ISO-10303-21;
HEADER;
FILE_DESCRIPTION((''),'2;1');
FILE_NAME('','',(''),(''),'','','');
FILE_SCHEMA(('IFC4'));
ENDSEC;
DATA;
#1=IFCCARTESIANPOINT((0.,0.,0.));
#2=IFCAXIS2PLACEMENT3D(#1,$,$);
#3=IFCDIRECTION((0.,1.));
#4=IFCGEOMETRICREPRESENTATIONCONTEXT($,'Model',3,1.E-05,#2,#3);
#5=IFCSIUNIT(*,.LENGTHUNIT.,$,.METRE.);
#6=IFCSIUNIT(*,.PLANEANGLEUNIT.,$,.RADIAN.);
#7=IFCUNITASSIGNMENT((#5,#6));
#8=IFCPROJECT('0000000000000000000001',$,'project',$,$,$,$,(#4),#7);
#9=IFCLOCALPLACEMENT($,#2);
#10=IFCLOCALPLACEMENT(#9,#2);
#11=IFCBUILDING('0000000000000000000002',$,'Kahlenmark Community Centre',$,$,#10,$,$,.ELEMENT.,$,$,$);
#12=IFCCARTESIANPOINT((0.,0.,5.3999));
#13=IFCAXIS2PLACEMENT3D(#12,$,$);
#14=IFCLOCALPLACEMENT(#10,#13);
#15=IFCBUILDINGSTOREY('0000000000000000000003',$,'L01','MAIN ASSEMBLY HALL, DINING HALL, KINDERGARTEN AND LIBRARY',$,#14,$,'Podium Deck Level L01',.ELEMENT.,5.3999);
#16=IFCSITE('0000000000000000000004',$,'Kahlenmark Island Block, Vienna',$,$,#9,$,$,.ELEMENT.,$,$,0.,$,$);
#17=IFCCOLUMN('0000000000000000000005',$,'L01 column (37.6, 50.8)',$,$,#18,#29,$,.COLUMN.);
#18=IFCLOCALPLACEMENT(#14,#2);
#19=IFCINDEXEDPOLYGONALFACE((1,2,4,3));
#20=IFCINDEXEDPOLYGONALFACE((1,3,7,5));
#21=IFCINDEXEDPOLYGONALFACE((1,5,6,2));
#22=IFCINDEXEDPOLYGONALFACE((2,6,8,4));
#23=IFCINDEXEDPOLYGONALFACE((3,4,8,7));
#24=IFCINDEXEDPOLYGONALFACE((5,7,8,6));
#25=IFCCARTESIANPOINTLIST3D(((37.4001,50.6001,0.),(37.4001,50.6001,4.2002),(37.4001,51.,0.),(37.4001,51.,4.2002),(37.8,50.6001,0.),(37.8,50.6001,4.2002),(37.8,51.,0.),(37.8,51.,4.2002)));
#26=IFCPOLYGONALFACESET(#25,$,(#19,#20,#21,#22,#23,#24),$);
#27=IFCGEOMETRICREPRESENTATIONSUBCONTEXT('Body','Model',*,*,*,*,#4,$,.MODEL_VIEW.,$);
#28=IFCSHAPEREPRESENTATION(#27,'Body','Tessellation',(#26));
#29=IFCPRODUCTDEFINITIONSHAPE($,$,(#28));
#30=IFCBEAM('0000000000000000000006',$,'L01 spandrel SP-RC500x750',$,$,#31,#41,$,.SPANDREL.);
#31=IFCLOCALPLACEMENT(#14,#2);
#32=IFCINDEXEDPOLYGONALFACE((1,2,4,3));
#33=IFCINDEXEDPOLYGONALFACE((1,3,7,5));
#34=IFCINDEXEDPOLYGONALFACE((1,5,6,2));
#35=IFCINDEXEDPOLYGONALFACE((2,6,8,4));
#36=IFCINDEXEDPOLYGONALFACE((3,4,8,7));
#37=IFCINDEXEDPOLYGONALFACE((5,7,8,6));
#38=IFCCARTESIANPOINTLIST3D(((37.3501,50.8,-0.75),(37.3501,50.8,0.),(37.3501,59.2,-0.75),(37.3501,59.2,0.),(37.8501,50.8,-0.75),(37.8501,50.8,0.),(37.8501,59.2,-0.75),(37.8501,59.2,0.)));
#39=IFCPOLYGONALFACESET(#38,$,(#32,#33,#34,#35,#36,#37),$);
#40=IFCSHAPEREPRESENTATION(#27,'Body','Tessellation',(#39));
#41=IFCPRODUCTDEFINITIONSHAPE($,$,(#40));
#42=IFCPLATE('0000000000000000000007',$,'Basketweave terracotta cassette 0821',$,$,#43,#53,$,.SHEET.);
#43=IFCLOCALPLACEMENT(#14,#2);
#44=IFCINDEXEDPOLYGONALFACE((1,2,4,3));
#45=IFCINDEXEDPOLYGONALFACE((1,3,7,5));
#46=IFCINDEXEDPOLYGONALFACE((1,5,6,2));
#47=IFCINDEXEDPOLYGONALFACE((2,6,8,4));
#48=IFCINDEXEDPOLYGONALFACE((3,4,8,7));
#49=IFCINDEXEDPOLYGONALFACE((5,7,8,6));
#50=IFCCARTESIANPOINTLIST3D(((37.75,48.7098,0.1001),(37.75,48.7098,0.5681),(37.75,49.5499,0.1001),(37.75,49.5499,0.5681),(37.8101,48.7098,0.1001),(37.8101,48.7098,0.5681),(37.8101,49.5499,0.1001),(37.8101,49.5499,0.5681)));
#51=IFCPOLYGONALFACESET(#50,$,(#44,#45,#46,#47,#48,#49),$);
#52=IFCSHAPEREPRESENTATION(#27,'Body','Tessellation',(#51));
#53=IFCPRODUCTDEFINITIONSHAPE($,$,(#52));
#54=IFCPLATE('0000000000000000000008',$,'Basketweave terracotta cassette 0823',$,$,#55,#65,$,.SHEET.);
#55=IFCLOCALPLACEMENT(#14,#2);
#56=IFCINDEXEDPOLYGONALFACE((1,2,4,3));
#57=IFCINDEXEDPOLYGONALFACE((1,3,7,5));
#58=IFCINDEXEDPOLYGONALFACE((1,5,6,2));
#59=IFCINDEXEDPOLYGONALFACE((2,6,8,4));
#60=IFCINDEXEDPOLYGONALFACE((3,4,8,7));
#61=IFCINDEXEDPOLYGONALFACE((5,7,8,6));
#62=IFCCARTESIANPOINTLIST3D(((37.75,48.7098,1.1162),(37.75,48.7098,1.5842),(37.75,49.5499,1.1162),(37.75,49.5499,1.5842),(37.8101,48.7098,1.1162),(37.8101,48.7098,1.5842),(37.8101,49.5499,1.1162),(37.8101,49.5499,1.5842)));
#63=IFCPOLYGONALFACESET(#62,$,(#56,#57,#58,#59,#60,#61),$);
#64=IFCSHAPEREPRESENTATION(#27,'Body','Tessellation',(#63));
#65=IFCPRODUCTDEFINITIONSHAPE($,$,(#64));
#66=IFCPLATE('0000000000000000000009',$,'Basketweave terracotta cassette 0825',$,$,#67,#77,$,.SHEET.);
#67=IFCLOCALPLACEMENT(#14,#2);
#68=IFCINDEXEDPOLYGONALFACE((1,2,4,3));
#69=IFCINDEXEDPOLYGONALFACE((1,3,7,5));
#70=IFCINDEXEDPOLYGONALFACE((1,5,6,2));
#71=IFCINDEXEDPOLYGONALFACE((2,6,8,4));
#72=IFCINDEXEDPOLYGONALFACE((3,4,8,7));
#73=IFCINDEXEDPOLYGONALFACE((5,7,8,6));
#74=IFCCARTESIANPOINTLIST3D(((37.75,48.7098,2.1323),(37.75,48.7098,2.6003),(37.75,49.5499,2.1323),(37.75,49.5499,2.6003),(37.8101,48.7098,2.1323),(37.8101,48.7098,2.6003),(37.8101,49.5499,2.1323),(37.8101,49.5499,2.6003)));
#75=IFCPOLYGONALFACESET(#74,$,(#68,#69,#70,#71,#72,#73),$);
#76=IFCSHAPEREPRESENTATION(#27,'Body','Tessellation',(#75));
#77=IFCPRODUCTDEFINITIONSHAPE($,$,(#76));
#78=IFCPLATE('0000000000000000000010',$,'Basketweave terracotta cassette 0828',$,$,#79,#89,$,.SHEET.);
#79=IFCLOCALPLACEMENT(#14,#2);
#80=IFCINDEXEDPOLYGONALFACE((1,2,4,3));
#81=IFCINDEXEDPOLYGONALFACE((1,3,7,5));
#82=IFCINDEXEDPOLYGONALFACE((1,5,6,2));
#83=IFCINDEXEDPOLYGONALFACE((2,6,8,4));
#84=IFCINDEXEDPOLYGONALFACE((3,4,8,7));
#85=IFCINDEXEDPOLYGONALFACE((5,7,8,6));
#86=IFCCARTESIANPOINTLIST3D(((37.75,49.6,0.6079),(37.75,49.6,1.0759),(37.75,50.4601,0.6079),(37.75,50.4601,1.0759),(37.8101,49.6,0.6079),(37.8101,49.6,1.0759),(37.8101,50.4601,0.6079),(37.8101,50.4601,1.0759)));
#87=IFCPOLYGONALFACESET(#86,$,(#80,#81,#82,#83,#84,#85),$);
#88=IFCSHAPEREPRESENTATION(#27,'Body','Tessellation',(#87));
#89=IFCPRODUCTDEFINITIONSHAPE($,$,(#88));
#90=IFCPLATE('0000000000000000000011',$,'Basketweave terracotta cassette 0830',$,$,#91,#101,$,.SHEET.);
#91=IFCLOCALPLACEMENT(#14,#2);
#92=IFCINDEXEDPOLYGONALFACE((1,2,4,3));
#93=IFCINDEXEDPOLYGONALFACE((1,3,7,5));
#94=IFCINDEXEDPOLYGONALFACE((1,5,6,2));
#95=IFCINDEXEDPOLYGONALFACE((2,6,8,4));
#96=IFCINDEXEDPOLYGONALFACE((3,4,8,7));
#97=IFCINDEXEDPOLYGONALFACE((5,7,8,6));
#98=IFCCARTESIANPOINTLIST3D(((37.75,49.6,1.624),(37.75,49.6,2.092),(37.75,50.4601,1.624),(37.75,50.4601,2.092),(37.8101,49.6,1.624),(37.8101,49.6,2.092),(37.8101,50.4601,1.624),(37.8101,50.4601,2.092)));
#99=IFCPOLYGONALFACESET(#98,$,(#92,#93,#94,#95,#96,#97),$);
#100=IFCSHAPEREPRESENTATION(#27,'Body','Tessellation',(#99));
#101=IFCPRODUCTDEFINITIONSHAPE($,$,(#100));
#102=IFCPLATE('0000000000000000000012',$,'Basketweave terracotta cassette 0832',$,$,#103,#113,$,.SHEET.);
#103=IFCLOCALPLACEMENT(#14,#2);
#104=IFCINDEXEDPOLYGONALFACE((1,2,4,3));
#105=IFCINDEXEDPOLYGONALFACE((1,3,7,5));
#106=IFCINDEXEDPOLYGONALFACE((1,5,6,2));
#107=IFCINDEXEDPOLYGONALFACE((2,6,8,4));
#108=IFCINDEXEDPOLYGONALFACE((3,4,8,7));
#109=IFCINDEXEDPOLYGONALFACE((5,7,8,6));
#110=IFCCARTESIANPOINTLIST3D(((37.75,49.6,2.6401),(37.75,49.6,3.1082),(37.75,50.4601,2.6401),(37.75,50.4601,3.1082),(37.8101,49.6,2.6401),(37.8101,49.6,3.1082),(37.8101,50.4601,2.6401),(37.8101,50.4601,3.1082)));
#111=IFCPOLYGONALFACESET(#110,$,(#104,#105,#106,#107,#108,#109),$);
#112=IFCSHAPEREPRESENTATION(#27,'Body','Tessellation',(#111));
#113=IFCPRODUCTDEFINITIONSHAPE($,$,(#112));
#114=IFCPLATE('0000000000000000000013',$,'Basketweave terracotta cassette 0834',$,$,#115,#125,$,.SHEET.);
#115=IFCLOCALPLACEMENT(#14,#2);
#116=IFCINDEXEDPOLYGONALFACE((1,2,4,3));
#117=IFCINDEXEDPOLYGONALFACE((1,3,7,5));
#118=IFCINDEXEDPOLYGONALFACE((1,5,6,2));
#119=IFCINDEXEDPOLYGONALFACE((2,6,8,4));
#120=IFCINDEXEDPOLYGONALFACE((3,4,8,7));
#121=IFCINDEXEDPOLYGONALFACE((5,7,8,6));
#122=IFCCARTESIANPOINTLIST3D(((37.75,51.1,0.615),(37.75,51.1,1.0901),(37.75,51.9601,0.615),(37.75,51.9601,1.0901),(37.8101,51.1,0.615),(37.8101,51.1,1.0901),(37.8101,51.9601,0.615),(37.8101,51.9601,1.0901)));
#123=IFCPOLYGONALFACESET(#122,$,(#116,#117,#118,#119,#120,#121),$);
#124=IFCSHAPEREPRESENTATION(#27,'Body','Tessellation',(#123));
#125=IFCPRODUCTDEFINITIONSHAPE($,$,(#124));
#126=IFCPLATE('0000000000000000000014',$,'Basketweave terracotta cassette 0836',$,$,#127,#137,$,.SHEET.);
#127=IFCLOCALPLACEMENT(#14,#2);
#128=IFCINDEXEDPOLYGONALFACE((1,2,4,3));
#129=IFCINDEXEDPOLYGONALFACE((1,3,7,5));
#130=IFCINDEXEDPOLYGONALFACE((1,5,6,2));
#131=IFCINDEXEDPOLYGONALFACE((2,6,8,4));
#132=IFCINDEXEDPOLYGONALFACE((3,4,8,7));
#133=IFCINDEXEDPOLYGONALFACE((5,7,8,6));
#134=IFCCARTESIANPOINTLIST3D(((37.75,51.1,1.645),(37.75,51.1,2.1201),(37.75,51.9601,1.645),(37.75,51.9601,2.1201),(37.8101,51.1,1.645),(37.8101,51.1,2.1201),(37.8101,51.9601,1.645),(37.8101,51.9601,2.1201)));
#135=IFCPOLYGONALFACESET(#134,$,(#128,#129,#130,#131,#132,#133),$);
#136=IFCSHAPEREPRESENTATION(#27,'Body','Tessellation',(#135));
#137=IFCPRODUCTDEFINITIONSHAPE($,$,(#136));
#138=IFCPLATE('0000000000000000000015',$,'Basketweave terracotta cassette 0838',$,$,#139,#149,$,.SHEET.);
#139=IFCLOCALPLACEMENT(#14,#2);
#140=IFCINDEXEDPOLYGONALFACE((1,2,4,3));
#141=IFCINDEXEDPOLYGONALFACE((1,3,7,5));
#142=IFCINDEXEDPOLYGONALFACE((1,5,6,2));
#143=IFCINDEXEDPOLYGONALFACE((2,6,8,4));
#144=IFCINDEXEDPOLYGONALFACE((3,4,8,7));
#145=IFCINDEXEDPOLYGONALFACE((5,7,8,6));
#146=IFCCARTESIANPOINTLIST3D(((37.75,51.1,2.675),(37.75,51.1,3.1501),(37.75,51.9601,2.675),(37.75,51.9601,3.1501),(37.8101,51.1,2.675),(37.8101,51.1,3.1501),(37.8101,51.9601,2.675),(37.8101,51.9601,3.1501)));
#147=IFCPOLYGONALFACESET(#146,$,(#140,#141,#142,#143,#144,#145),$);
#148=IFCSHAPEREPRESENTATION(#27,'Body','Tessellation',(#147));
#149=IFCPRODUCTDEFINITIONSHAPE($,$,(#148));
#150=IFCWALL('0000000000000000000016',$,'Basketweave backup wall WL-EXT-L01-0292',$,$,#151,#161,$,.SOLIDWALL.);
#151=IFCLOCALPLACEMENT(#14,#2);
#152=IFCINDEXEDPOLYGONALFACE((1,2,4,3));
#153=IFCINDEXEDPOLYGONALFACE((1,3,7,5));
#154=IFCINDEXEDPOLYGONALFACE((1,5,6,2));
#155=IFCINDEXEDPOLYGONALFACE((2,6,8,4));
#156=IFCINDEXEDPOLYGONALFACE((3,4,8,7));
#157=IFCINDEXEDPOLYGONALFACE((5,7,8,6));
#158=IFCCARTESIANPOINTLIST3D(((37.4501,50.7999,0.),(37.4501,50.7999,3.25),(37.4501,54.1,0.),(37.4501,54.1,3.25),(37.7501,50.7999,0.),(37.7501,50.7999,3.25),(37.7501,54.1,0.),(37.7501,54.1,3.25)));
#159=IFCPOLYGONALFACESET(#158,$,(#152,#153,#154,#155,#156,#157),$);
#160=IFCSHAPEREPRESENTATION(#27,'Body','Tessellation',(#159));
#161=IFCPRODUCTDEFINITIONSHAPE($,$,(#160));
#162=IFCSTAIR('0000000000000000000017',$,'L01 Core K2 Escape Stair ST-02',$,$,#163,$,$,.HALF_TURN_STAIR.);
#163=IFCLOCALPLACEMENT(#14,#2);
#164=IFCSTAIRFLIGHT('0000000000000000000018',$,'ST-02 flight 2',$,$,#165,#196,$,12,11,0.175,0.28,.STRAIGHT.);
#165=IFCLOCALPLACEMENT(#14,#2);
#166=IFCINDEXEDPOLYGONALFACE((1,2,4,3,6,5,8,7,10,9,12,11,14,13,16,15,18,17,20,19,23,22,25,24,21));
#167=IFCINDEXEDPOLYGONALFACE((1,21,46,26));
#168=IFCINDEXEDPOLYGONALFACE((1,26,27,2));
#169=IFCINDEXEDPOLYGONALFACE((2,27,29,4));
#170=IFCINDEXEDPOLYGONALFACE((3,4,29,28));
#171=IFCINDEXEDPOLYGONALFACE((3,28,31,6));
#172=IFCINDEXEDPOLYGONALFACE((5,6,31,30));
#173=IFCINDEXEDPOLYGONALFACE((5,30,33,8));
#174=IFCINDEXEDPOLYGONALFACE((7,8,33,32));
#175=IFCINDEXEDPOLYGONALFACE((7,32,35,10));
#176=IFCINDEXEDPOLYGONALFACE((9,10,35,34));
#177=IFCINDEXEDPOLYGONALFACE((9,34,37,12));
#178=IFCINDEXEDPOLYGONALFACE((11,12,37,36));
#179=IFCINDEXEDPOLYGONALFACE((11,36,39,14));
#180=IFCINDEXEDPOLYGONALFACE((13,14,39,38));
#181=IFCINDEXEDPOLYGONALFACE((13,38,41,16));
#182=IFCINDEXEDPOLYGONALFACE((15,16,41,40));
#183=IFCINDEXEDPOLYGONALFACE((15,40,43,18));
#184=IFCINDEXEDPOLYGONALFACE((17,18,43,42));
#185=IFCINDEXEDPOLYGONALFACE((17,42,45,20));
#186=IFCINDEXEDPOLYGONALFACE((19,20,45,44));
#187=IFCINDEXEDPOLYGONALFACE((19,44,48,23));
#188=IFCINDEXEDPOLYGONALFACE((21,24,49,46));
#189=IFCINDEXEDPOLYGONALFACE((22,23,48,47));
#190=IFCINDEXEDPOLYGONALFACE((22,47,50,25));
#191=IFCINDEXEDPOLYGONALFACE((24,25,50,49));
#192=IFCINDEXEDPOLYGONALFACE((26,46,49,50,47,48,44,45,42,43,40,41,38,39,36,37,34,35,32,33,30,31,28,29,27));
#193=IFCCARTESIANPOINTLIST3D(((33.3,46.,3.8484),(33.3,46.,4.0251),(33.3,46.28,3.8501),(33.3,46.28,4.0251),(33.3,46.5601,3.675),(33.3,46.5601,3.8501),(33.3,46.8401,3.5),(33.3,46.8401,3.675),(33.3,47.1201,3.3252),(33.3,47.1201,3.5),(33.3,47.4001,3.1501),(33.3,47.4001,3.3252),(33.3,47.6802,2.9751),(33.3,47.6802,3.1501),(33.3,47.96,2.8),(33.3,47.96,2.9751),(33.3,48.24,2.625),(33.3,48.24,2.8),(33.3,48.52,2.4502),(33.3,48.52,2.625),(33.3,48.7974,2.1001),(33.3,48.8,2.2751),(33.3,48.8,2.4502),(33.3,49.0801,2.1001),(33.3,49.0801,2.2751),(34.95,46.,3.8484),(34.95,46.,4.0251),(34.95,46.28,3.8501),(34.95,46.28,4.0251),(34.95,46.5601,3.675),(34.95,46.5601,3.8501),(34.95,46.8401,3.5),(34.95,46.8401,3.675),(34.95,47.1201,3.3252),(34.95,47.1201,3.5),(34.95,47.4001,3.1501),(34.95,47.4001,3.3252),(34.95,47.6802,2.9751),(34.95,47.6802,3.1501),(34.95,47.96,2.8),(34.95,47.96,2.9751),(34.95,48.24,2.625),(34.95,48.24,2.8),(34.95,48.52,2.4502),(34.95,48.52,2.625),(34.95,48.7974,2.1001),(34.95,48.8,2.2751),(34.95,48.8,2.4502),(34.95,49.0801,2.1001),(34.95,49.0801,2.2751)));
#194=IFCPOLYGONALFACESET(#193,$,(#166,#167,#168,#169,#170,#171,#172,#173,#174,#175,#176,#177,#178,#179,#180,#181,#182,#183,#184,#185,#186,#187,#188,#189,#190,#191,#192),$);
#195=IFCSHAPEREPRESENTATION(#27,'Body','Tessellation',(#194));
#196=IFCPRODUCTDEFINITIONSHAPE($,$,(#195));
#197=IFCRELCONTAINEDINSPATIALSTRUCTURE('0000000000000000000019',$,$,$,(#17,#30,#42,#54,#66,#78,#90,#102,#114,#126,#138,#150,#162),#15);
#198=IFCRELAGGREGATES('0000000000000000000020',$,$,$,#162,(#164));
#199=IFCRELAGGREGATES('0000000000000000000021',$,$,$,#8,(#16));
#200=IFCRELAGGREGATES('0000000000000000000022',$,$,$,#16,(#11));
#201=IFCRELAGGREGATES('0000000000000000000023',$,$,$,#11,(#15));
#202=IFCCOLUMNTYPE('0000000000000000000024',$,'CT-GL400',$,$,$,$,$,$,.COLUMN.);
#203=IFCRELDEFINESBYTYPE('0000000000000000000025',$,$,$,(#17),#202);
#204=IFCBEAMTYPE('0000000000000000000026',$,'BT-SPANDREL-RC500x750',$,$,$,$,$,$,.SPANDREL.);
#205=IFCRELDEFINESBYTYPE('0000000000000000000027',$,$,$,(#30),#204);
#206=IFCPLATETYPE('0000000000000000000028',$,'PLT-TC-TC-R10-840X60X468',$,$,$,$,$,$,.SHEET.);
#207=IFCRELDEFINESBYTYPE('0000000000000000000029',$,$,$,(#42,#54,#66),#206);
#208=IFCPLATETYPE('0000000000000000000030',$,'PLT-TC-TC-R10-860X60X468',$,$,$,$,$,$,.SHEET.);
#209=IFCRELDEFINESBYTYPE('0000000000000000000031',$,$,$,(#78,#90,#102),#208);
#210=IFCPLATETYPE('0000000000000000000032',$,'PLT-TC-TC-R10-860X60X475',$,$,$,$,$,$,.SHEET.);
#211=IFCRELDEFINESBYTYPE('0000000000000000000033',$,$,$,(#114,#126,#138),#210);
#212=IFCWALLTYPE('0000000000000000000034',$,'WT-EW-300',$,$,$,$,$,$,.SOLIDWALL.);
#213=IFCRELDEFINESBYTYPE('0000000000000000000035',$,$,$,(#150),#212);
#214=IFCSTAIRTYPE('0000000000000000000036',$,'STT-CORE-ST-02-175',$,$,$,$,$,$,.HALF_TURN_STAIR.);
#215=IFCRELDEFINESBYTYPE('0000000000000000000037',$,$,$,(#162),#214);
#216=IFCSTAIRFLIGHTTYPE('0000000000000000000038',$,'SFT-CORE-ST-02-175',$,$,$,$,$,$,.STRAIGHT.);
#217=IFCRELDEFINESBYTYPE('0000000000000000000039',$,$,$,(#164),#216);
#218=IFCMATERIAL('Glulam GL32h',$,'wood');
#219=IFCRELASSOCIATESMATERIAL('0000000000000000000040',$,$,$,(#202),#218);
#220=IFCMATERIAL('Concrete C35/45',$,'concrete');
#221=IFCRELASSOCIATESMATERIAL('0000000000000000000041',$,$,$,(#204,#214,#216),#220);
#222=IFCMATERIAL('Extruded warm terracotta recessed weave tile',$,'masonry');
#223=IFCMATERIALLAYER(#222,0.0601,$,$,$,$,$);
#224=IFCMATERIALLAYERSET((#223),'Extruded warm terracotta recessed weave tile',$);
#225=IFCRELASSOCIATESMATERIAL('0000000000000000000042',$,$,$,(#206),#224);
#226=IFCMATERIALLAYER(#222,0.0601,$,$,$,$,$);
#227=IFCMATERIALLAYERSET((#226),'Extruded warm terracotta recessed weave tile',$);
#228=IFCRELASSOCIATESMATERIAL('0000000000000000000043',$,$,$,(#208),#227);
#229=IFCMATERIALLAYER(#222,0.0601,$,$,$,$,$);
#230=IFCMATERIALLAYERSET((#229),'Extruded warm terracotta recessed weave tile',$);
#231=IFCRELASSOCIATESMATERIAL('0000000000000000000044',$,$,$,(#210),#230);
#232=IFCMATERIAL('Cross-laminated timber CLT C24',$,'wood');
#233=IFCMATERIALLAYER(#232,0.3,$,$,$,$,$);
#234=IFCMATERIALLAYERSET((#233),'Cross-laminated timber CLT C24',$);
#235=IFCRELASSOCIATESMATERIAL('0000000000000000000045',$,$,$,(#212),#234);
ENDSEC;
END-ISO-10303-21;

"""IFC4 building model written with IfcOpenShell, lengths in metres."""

from ifc_helpers import new_model, si_unit, direction, frame, frame_2d, origin, origin_2d, place, context, subcontext, project, spatial, polyline, rectangle, outline, extrude, material, layer, layer_set, material_profile, profile_set, type_object, element, aggregate, save


model = new_model("IFC4")

# Units and contexts
model_context = context("Model", 3, precision=1e-05, world=origin(), true_north=direction((0.0, 1.0)))
body_context = subcontext(model_context, "Body", "Model", "MODEL_VIEW")
ifc_project = project(units=[si_unit("LENGTHUNIT", "METRE"), si_unit("PLANEANGLEUNIT", "RADIAN")], contexts=[model_context])

# Site, building, storey
site_placement = place(None, origin())
site = spatial("IfcSite", under=ifc_project, at=site_placement, Name="Kahlenmark Island Block, Vienna", CompositionType="ELEMENT", RefElevation=0.0)
building_placement = place(site_placement, origin())
building = spatial("IfcBuilding", under=site, at=building_placement, Name="Kahlenmark Community Centre", CompositionType="ELEMENT")
storey_placement = place(building_placement, frame((0.0, 0.0, 5.3999)))
storey = spatial("IfcBuildingStorey", under=building, at=storey_placement, Name="L01", Description="MAIN ASSEMBLY HALL, DINING HALL, KINDERGARTEN AND LIBRARY", LongName="Podium Deck Level L01", CompositionType="ELEMENT", Elevation=5.3999)

# Column
ifc_material_1 = material(Name="Glulam GL32h", Category="wood")
ifc_material_profile_1 = material_profile(ifc_material_1, rectangle(XDim=0.3999, YDim=0.3999, at=origin_2d()), Name="GL32h 400x400")
ifc_profile_set_1 = profile_set([ifc_material_profile_1], Name="Glulam GL32h")
column_type = type_object("IfcColumnType", Name="CT-GL400", PredefinedType="COLUMN", material=ifc_profile_set_1)
column_placement = place(storey_placement, frame((37.6001, 50.8, 0.0), z_axis=(0.0, 0.0, 1.0), x_axis=(1.0, 0.0, 0.0)))
element("IfcColumn", 1, at=column_placement, inside=storey, type_object=column_type, Name="L01 column (37.6, 50.8)", PredefinedType="COLUMN", context=body_context, shape_type="SweptSolid", body=[
    extrude(rectangle(XDim=0.3999, YDim=0.3999, at=origin_2d()), origin(), (0.0, 0.0, 1.0), 4.2002),
])

# Beam
ifc_material_2 = material(Name="Concrete C35/45", Category="concrete")
ifc_material_profile_2 = material_profile(ifc_material_2, rectangle(XDim=0.5, YDim=0.75, at=origin_2d()), Name="RC 500x750")
ifc_profile_set_2 = profile_set([ifc_material_profile_2], Name="Concrete C35/45")
beam_type = type_object("IfcBeamType", Name="BT-SPANDREL-RC500x750", PredefinedType="SPANDREL", material=ifc_profile_set_2)
beam_placement = place(storey_placement, frame((37.6001, 50.8, -0.375), z_axis=(0.0, 1.0, 0.0), x_axis=(-1.0, 0.0, 0.0)))
element("IfcBeam", 2, at=beam_placement, inside=storey, type_object=beam_type, Name="L01 spandrel SP-RC500x750", PredefinedType="SPANDREL", context=body_context, shape_type="SweptSolid", body=[
    extrude(rectangle(XDim=0.5, YDim=0.75, at=origin_2d()), origin(), (0.0, 0.0, 1.0), 8.3999),
])

# Plates
ifc_material_3 = material(Name="Extruded warm terracotta recessed weave tile", Category="masonry")
ifc_layer_1 = layer(ifc_material_3, 0.0601)
ifc_layer_set_1 = layer_set([ifc_layer_1], Name="Extruded warm terracotta recessed weave tile")
plate_type_1 = type_object("IfcPlateType", Name="PLT-TC-TC-R10-840X60X468", PredefinedType="SHEET", material=ifc_layer_set_1)
for number, where, z_axis, x_axis, name in (
    (3, (37.78, 49.1299, 0.1001), (0.0, 0.0, 1.0), (0.0, 1.0, 0.0), "Basketweave terracotta cassette 0821"),
    (4, (37.78, 49.1299, 1.1162), (0.0, 0.0, 1.0), (0.0, 1.0, 0.0), "Basketweave terracotta cassette 0823"),
    (5, (37.78, 49.1299, 2.1323), (0.0, 0.0, 1.0), (0.0, 1.0, 0.0), "Basketweave terracotta cassette 0825"),
):
    element("IfcPlate", number, at=place(storey_placement, frame(where, z_axis=z_axis, x_axis=x_axis)), inside=storey, type_object=plate_type_1, Name=name, PredefinedType="SHEET", context=body_context, shape_type="SweptSolid", body=[
        extrude(rectangle(XDim=0.8401, YDim=0.0601, at=origin_2d()), origin(), (0.0, 0.0, 1.0), 0.468),
    ])
ifc_layer_2 = layer(ifc_material_3, 0.0601)
ifc_layer_set_2 = layer_set([ifc_layer_2], Name="Extruded warm terracotta recessed weave tile")
plate_type_2 = type_object("IfcPlateType", Name="PLT-TC-TC-R10-860X60X468", PredefinedType="SHEET", material=ifc_layer_set_2)
for number, where, z_axis, x_axis, name in (
    (6, (37.78, 50.03, 0.6079), (0.0, 0.0, 1.0), (0.0, 1.0, 0.0), "Basketweave terracotta cassette 0828"),
    (7, (37.78, 50.03, 1.624), (0.0, 0.0, 1.0), (0.0, 1.0, 0.0), "Basketweave terracotta cassette 0830"),
    (8, (37.78, 50.03, 2.6401), (0.0, 0.0, 1.0), (0.0, 1.0, 0.0), "Basketweave terracotta cassette 0832"),
):
    element("IfcPlate", number, at=place(storey_placement, frame(where, z_axis=z_axis, x_axis=x_axis)), inside=storey, type_object=plate_type_2, Name=name, PredefinedType="SHEET", context=body_context, shape_type="SweptSolid", body=[
        extrude(rectangle(XDim=0.8601, YDim=0.0601, at=origin_2d()), origin(), (0.0, 0.0, 1.0), 0.468),
    ])
ifc_layer_3 = layer(ifc_material_3, 0.0601)
ifc_layer_set_3 = layer_set([ifc_layer_3], Name="Extruded warm terracotta recessed weave tile")
plate_type_3 = type_object("IfcPlateType", Name="PLT-TC-TC-R10-860X60X475", PredefinedType="SHEET", material=ifc_layer_set_3)
for number, where, z_axis, x_axis, name in (
    (9, (37.78, 51.53, 0.615), (0.0, 0.0, 1.0), (0.0, 1.0, 0.0), "Basketweave terracotta cassette 0834"),
    (10, (37.78, 51.53, 1.645), (0.0, 0.0, 1.0), (0.0, 1.0, 0.0), "Basketweave terracotta cassette 0836"),
    (11, (37.78, 51.53, 2.675), (0.0, 0.0, 1.0), (0.0, 1.0, 0.0), "Basketweave terracotta cassette 0838"),
):
    element("IfcPlate", number, at=place(storey_placement, frame(where, z_axis=z_axis, x_axis=x_axis)), inside=storey, type_object=plate_type_3, Name=name, PredefinedType="SHEET", context=body_context, shape_type="SweptSolid", body=[
        extrude(rectangle(XDim=0.8601, YDim=0.0601, at=origin_2d()), origin(), (0.0, 0.0, 1.0), 0.4751),
    ])

# Wall
ifc_material_4 = material(Name="Cross-laminated timber CLT C24", Category="wood")
ifc_layer_4 = layer(ifc_material_4, 0.3)
ifc_layer_set_4 = layer_set([ifc_layer_4], Name="Cross-laminated timber CLT C24")
wall_type = type_object("IfcWallType", Name="WT-EW-300", PredefinedType="SOLIDWALL", material=ifc_layer_set_4)
wall_placement = place(storey_placement, frame((37.6001, 50.8, 0.0), z_axis=(0.0, 0.0, 1.0), x_axis=(0.0, 1.0, 0.0)))
element("IfcWall", 12, at=wall_placement, inside=storey, type_object=wall_type, Name="Basketweave backup wall WL-EXT-L01-0292", PredefinedType="SOLIDWALL", context=body_context, shape_type="SweptSolid", body=[
    extrude(rectangle(XDim=3.3, YDim=0.3, at=frame_2d((1.6499, 0.0))), origin(), (0.0, 0.0, 1.0), 3.25),
])

# Stair, stair flight
stair_type = type_object("IfcStairType", Name="STT-CORE-ST-02-175", PredefinedType="HALF_TURN_STAIR", material=ifc_material_2)
stair_placement = place(storey_placement, origin())
stair = element("IfcStair", 13, at=stair_placement, inside=storey, type_object=stair_type, Name="L01 Core K2 Escape Stair ST-02", PredefinedType="HALF_TURN_STAIR")
stair_flight_type = type_object("IfcStairFlightType", Name="SFT-CORE-ST-02-175", PredefinedType="STRAIGHT", material=ifc_material_2)
stair_flight_placement = place(storey_placement, frame((34.125, 49.0801, 2.1001), z_axis=(0.0, 0.0, 1.0), x_axis=(0.0, -1.0, 0.0)))
stair_flight = element("IfcStairFlight", 14, at=stair_flight_placement, type_object=stair_flight_type, Name="ST-02 flight 2", NumberOfRisers=12, NumberOfTreads=11, PredefinedType="STRAIGHT", RiserHeight=0.175, TreadLength=0.28, context=body_context, shape_type="SweptSolid", body=[
    extrude(outline(polyline([(0.0, 0.0), (0.0, 0.175), (0.28, 0.175), (0.28, 0.3501), (0.5601, 0.3501), (0.5601, 0.5249), (0.8401, 0.5249), (0.8401, 0.7), (1.1201, 0.7), (1.1201, 0.875), (1.3999, 0.875), (1.3999, 1.05), (1.6799, 1.05), (1.6799, 1.2251), (1.96, 1.2251), (1.96, 1.3999), (2.24, 1.3999), (2.24, 1.575), (2.52, 1.575), (2.52, 1.75), (2.8, 1.75), (2.8, 1.925), (3.0801, 1.925), (3.0801, 2.1001), (3.0801, 1.7483), (0.2827, 0.0), (0.0, 0.0)])), frame((0.0, 0.825, 0.0), z_axis=(0.0, -1.0, 0.0), x_axis=(1.0, 0.0, 0.0)), (0.0, 0.0, 1.0), 1.6499),
])
aggregate(stair, [stair_flight])

save(model, "model.ifc")
